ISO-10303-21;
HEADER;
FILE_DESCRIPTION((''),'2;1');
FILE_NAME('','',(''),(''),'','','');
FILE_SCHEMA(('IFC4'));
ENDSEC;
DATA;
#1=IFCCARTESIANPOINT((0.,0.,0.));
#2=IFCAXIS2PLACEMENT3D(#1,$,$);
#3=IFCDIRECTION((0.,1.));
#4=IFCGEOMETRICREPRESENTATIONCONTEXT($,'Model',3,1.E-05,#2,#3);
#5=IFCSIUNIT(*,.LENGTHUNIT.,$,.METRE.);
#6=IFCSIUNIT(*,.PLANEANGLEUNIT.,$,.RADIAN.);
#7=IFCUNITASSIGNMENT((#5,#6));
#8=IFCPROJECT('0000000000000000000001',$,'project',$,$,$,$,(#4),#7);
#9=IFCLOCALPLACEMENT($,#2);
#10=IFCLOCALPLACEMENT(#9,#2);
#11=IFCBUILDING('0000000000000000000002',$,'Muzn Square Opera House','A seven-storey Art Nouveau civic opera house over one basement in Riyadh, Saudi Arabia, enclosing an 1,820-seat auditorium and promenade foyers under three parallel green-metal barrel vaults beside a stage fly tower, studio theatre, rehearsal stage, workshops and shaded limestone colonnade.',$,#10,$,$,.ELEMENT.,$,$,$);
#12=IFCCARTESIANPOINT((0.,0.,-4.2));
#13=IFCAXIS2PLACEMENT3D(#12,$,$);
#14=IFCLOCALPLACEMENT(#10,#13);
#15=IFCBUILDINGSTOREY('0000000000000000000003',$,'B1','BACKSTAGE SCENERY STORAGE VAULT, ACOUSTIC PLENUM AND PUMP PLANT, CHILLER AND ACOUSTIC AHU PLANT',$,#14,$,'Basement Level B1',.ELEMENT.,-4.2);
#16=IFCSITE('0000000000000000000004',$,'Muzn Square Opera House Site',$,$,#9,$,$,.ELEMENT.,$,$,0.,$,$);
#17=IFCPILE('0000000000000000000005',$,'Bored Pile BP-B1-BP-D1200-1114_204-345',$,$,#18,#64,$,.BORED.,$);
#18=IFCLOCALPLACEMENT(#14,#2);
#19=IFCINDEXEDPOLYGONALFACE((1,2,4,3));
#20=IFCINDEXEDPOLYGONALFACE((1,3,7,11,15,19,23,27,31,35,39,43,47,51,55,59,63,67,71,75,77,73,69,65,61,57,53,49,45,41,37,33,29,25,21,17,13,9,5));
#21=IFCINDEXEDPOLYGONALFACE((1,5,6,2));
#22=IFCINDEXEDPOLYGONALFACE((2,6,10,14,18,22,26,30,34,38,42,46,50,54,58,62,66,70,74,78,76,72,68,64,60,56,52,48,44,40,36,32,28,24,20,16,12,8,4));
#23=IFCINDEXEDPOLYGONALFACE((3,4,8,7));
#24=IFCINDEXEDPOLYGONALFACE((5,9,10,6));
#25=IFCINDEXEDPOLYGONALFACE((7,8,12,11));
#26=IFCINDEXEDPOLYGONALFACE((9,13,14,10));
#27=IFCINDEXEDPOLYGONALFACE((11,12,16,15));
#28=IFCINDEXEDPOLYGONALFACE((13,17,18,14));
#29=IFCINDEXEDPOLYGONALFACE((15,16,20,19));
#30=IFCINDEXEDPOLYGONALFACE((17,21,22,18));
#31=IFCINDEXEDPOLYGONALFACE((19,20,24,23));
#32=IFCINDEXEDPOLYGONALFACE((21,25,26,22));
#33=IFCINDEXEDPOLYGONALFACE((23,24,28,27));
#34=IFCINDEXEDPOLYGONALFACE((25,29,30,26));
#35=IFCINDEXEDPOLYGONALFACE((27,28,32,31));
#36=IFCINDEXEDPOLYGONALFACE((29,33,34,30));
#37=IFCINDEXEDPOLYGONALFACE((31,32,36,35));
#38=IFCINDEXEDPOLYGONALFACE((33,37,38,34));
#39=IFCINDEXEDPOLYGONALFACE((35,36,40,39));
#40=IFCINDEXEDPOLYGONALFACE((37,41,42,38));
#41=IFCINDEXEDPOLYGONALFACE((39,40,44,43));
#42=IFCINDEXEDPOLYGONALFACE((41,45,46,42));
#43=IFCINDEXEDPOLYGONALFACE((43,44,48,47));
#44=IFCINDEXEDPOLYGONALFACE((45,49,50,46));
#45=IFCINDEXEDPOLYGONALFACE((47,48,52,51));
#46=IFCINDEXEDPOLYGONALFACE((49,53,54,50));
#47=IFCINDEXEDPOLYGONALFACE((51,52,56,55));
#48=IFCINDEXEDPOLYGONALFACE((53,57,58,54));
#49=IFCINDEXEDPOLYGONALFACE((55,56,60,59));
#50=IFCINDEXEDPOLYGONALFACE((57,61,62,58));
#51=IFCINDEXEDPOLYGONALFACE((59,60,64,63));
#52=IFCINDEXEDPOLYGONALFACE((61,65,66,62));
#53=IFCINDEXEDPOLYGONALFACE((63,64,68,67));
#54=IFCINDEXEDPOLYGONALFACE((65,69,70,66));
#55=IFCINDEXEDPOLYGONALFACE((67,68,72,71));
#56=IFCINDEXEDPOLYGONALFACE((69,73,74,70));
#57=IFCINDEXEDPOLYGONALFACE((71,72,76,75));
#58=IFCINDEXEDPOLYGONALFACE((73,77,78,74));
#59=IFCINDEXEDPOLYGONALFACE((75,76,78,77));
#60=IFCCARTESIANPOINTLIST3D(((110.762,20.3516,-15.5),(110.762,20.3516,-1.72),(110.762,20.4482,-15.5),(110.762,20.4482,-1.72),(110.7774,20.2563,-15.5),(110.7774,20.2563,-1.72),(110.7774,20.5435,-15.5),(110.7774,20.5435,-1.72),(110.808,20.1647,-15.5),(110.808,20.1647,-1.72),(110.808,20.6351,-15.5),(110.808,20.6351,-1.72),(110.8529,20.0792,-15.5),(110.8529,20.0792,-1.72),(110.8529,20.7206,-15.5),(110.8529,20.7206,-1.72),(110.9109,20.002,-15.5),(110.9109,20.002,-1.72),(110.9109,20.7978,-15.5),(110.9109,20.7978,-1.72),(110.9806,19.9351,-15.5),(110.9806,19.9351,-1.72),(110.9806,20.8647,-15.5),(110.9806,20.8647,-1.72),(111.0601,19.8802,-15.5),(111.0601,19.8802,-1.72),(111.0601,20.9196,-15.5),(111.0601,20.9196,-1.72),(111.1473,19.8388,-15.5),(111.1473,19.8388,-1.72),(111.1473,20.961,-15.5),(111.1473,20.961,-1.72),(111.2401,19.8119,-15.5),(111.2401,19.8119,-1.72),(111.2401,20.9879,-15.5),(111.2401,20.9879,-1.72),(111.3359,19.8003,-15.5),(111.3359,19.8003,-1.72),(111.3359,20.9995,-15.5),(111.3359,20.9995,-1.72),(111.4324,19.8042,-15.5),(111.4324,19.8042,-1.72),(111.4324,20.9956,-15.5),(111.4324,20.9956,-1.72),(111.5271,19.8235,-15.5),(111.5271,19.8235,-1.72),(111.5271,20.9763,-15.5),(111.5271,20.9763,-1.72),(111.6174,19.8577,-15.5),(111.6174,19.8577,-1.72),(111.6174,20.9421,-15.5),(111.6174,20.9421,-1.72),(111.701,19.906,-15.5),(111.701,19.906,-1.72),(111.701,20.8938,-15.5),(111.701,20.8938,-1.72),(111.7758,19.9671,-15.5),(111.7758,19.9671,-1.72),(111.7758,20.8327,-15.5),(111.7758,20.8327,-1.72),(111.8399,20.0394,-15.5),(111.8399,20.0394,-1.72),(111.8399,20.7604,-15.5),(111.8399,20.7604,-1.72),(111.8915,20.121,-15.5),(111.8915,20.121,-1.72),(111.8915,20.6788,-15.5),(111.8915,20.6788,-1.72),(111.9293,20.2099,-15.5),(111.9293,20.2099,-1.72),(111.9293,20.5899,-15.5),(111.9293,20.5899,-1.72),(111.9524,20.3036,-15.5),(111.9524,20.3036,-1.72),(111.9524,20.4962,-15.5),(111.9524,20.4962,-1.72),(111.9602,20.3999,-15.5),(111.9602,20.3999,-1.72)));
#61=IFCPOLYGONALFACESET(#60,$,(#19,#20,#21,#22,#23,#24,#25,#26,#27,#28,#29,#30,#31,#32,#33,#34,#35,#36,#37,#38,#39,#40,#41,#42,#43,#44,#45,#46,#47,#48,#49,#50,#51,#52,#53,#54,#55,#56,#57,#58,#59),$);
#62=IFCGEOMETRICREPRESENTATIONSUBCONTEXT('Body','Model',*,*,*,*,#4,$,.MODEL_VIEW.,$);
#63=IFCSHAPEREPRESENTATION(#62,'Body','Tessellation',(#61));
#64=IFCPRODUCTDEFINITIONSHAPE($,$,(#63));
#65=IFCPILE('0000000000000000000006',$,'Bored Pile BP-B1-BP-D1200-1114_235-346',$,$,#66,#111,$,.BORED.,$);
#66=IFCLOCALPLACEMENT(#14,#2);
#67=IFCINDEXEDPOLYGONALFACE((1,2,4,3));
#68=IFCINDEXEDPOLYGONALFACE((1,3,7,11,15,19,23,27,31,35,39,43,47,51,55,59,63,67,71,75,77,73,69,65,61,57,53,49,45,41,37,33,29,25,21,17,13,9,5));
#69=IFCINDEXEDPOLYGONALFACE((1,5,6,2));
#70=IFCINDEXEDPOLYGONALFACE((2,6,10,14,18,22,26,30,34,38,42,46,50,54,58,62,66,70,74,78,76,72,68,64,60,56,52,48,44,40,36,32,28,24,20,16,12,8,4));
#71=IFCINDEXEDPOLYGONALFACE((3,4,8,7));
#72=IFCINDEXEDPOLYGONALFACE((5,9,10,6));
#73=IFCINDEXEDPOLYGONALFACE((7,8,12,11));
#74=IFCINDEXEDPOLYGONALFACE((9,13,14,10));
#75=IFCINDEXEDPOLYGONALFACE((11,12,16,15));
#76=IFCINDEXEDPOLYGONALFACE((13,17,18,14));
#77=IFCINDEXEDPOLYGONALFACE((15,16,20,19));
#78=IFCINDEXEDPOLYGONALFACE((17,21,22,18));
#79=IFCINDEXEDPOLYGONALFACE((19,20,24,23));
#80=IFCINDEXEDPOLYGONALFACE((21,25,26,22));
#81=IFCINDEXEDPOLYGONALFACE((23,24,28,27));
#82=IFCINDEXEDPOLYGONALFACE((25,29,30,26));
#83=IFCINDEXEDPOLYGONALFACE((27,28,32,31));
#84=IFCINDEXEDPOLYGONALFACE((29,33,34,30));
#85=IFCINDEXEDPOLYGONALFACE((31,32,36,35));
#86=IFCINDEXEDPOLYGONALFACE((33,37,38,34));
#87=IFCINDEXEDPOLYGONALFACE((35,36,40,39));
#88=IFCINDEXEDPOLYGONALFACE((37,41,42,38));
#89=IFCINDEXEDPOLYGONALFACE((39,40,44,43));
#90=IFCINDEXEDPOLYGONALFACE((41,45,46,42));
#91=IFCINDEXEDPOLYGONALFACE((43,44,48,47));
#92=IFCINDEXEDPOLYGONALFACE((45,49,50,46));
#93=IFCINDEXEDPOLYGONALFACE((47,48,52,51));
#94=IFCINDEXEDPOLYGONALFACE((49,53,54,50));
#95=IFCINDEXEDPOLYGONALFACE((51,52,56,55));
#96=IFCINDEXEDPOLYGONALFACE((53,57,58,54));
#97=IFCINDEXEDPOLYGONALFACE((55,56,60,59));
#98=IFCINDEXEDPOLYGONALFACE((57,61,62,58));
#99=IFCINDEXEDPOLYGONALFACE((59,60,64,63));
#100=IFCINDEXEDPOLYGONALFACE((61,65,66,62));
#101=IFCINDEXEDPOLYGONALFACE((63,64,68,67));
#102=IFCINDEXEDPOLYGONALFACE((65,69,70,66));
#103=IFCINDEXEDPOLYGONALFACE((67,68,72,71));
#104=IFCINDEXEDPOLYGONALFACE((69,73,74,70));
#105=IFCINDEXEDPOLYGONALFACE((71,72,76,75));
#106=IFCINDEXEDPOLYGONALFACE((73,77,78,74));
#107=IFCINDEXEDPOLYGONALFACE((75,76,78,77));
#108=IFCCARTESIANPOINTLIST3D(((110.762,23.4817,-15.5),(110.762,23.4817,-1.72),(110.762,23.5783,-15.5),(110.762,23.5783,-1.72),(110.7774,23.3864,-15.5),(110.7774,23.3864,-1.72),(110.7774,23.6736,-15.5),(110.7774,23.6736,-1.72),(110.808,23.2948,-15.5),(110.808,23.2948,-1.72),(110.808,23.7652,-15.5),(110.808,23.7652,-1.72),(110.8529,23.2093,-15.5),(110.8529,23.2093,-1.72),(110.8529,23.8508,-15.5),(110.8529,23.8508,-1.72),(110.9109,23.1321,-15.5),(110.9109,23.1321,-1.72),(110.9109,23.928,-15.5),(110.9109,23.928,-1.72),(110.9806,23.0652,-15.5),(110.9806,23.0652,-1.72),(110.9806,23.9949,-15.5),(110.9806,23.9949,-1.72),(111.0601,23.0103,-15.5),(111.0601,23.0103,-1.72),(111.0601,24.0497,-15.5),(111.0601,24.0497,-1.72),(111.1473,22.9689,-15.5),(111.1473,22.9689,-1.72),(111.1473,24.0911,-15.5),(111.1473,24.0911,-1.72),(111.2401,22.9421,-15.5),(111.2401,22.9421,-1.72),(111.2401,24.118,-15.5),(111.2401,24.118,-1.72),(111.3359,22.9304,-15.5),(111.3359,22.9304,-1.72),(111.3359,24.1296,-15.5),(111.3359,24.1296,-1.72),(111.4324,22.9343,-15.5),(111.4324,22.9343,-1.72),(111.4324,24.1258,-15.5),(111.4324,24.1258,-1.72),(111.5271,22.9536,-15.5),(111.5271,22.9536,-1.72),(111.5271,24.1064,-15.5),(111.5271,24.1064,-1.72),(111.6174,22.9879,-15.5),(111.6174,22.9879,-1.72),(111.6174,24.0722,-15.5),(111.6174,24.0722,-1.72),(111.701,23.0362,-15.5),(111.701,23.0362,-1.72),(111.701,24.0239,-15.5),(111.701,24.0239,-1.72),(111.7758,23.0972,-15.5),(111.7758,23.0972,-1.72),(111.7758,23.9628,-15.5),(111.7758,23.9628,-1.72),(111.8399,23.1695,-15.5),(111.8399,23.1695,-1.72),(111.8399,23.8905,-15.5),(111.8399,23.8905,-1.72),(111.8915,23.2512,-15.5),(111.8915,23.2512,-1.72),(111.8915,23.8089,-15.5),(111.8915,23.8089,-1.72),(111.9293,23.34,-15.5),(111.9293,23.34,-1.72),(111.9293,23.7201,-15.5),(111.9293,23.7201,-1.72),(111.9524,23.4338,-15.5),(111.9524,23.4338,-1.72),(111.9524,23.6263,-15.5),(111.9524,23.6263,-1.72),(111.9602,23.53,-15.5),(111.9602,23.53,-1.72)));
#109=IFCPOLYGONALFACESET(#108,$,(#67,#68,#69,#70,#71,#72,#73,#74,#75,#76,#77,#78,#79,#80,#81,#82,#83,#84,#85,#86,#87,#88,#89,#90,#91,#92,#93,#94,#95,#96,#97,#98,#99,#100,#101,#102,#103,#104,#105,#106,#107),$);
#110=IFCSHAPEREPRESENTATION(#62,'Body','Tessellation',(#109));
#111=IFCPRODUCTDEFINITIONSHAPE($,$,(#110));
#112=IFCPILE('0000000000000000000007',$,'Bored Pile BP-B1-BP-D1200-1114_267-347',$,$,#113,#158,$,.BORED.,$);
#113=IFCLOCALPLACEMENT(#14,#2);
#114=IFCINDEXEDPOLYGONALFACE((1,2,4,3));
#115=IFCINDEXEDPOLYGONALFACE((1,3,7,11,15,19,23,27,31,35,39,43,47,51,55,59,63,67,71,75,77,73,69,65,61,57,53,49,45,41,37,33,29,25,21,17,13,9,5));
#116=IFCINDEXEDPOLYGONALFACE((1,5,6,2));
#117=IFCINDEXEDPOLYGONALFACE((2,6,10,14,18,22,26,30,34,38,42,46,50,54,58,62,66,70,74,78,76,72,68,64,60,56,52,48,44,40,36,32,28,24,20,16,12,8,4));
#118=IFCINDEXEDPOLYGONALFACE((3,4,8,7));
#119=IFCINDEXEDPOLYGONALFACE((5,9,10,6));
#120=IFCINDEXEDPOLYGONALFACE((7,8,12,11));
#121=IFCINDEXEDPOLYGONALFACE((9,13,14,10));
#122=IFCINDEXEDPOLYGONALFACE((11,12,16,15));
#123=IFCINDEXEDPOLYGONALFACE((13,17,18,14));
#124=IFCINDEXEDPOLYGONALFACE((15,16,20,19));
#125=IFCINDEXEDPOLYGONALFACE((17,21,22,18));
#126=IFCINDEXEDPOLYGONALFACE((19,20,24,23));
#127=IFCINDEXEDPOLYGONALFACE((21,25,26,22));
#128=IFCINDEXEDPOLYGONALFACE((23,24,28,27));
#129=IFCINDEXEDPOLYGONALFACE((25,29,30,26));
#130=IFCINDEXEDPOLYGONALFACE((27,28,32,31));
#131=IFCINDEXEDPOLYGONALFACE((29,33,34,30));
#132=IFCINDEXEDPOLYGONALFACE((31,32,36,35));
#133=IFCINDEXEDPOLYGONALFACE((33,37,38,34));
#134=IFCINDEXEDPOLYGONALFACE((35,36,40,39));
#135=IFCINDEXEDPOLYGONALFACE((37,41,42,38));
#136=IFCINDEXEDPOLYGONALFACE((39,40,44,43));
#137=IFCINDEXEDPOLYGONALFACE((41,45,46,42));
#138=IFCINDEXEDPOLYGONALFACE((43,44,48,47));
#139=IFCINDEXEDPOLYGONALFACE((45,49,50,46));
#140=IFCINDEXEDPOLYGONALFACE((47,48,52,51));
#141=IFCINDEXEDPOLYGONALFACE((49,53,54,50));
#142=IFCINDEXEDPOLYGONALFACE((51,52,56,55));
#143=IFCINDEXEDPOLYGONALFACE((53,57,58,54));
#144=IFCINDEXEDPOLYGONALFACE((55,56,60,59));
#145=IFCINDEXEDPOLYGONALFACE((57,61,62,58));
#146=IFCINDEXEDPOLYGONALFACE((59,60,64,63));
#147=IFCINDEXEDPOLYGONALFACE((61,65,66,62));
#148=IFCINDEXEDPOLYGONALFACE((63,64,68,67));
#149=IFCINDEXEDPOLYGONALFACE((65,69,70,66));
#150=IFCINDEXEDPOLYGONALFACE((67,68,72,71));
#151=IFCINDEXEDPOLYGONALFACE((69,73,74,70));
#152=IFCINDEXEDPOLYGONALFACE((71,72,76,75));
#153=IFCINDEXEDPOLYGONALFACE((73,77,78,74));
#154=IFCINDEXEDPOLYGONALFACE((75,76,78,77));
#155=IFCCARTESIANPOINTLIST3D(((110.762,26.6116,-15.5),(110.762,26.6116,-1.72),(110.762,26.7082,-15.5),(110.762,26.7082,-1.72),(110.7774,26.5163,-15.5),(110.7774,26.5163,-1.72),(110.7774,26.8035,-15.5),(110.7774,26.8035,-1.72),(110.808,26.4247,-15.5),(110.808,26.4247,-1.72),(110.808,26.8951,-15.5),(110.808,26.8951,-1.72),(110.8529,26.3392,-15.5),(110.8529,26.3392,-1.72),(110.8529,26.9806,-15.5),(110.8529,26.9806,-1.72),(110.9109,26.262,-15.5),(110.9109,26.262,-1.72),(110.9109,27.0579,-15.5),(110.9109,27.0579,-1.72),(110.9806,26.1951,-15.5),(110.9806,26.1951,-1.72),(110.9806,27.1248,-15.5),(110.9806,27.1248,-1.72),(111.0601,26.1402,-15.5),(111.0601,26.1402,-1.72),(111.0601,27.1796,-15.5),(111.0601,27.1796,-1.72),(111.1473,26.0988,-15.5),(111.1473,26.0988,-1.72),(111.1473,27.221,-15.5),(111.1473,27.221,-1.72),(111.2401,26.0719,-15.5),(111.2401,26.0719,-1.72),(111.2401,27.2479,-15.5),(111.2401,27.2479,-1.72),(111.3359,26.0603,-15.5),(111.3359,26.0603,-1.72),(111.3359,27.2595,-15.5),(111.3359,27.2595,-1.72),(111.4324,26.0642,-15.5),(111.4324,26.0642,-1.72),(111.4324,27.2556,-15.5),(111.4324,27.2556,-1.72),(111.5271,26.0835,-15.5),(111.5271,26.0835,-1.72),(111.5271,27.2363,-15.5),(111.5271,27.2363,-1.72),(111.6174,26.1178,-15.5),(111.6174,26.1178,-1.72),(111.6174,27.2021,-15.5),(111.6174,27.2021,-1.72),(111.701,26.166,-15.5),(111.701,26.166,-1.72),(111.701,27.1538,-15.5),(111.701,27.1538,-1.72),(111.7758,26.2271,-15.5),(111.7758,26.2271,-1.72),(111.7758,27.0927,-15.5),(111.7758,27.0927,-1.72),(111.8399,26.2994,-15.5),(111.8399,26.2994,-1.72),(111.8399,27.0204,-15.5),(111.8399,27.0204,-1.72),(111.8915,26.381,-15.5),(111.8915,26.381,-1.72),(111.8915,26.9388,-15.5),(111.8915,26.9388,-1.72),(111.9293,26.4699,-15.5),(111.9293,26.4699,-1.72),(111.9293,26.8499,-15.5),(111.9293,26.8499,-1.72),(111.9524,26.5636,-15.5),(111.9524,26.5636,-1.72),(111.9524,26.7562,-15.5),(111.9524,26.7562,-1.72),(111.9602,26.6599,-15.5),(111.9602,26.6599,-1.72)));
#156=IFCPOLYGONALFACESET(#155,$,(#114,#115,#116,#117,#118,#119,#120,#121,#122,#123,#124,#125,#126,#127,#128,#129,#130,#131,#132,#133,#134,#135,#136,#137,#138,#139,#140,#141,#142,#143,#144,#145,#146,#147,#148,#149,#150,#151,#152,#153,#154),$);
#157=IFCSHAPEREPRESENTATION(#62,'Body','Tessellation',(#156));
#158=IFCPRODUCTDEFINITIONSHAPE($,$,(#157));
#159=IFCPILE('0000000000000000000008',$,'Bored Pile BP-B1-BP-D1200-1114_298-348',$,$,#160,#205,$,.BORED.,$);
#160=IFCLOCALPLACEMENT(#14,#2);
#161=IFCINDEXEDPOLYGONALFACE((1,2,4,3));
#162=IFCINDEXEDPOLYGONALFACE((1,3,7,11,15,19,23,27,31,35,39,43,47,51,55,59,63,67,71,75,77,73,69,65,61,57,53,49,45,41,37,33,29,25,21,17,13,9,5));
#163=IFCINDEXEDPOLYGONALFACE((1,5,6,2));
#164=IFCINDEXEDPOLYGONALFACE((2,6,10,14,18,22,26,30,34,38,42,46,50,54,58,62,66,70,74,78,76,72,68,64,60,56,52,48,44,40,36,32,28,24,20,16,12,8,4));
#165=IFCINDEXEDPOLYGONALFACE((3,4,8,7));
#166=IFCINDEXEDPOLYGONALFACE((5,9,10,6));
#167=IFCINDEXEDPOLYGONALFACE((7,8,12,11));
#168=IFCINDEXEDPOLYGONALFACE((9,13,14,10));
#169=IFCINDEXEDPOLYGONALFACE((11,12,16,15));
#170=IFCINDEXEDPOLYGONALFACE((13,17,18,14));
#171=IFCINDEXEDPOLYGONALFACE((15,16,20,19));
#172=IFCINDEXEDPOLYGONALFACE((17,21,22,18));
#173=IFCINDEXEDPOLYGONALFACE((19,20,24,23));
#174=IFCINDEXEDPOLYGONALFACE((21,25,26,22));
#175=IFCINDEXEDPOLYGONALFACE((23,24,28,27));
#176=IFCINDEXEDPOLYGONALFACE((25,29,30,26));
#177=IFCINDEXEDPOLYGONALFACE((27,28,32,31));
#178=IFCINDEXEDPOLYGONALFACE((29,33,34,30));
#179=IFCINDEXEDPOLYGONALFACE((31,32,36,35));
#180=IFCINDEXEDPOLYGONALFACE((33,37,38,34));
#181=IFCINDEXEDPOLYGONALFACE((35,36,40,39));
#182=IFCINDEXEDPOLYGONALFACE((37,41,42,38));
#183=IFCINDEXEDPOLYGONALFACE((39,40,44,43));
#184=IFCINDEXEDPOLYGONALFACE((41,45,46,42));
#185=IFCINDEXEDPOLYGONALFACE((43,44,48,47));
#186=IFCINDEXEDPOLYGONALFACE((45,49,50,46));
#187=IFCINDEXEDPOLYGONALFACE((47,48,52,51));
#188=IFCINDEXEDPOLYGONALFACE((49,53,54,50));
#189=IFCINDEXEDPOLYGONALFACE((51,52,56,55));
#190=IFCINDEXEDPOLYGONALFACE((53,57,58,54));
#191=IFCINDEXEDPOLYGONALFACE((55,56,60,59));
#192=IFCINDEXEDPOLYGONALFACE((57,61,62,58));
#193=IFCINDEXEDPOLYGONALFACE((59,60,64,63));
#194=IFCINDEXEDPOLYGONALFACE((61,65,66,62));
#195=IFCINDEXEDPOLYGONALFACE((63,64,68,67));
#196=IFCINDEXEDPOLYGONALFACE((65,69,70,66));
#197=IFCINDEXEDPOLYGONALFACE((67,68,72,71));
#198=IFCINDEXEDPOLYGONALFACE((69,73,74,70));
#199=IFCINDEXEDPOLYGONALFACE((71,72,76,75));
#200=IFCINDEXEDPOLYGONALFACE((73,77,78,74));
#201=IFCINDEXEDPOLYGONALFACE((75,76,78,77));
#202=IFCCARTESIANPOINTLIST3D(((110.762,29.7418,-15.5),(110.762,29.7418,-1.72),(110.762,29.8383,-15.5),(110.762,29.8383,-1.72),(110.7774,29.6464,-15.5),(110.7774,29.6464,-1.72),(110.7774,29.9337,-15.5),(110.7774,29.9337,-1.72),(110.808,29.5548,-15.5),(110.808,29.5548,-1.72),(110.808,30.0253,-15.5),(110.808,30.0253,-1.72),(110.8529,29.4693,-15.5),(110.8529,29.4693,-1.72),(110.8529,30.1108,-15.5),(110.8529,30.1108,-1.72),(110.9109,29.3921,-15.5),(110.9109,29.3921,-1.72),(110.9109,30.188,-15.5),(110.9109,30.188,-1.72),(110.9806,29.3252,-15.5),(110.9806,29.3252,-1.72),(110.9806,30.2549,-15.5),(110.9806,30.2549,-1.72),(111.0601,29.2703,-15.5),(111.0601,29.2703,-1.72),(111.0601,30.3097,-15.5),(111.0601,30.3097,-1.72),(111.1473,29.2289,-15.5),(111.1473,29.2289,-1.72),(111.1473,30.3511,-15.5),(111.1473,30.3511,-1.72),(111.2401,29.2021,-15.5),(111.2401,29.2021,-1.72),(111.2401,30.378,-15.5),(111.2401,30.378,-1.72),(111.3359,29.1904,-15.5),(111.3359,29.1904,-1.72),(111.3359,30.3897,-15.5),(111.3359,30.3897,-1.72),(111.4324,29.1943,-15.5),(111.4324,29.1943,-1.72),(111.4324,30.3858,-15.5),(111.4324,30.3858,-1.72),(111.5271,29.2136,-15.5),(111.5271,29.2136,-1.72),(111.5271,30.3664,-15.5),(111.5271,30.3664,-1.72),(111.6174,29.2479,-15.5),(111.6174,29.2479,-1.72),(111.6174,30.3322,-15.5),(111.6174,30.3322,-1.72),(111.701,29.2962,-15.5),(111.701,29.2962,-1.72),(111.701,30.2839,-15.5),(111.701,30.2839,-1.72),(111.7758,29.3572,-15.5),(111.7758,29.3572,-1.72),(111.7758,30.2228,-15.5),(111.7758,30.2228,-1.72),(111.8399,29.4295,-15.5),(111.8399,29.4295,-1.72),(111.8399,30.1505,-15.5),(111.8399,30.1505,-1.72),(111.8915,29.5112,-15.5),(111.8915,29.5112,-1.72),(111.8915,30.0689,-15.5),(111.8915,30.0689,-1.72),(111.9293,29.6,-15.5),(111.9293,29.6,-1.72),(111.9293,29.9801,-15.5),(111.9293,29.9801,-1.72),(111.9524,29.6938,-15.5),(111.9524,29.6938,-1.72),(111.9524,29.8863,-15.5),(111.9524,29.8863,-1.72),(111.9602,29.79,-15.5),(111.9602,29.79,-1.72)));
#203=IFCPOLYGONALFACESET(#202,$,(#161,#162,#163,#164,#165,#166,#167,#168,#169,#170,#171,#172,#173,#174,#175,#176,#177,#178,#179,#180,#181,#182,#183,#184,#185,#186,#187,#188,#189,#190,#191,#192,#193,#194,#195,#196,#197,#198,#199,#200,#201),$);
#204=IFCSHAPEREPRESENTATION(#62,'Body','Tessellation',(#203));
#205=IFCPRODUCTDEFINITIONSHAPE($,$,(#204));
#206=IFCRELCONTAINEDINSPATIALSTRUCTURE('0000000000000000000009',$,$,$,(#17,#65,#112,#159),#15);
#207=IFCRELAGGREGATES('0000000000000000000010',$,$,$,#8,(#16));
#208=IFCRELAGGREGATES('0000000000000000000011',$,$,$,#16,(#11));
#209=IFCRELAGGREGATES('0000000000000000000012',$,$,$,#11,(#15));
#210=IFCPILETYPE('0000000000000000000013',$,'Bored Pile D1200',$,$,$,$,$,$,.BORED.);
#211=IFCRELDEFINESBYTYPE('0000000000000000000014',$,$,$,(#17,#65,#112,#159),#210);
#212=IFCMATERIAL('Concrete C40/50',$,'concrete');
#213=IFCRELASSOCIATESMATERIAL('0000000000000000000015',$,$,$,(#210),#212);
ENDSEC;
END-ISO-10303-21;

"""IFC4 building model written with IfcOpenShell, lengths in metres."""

from ifc_helpers import new_model, si_unit, direction, frame, origin, origin_2d, place, context, subcontext, project, spatial, circle, extrude, material, material_profile, profile_set, type_object, element, save


model = new_model("IFC4")

# Units and contexts
model_context = context("Model", 3, precision=1e-05, world=origin(), true_north=direction((0.0, 1.0)))
body_context = subcontext(model_context, "Body", "Model", "MODEL_VIEW")
ifc_project = project(units=[si_unit("LENGTHUNIT", "METRE"), si_unit("PLANEANGLEUNIT", "RADIAN")], contexts=[model_context])

# Site, building, storey
site_placement = place(None, origin())
site = spatial("IfcSite", under=ifc_project, at=site_placement, Name="Muzn Square Opera House Site", CompositionType="ELEMENT", RefElevation=0.0)
building_placement = place(site_placement, origin())
building = spatial("IfcBuilding", under=site, at=building_placement, Name="Muzn Square Opera House", Description="A seven-storey Art Nouveau civic opera house over one basement in Riyadh, Saudi Arabia, enclosing an 1,820-seat auditorium and promenade foyers under three parallel green-metal barrel vaults beside a stage fly tower, studio theatre, rehearsal stage, workshops and shaded limestone colonnade.", CompositionType="ELEMENT")
storey_placement = place(building_placement, frame((0.0, 0.0, -4.2)))
storey = spatial("IfcBuildingStorey", under=building, at=storey_placement, Name="B1", Description="BACKSTAGE SCENERY STORAGE VAULT, ACOUSTIC PLENUM AND PUMP PLANT, CHILLER AND ACOUSTIC AHU PLANT", LongName="Basement Level B1", CompositionType="ELEMENT", Elevation=-4.2)

# Piles
ifc_material_1 = material(Name="Concrete C40/50", Category="concrete")
ifc_material_profile_1 = material_profile(ifc_material_1, circle(Radius=0.6001, at=origin_2d()), Name="BORED PILE D1200", Category="concrete")
ifc_profile_set_1 = profile_set([ifc_material_profile_1], Name="Concrete C40/50")
pile_type = type_object("IfcPileType", Name="Bored Pile D1200", PredefinedType="BORED", material=ifc_profile_set_1)
for number, where, z_axis, x_axis, name in (
    (1, (111.3601, 20.3999, -1.72), (0.0, 0.0, -1.0), (1.0, 0.0, 0.0), "Bored Pile BP-B1-BP-D1200-1114_204-345"),
    (2, (111.3601, 23.53, -1.72), (0.0, 0.0, -1.0), (1.0, 0.0, 0.0), "Bored Pile BP-B1-BP-D1200-1114_235-346"),
    (3, (111.3601, 26.6599, -1.72), (0.0, 0.0, -1.0), (1.0, 0.0, 0.0), "Bored Pile BP-B1-BP-D1200-1114_267-347"),
    (4, (111.3601, 29.79, -1.72), (0.0, 0.0, -1.0), (1.0, 0.0, 0.0), "Bored Pile BP-B1-BP-D1200-1114_298-348"),
):
    element("IfcPile", number, at=place(storey_placement, frame(where, z_axis=z_axis, x_axis=x_axis)), inside=storey, type_object=pile_type, Name=name, PredefinedType="BORED", context=body_context, shape_type="SweptSolid", body=[
        extrude(circle(Radius=0.6001, at=origin_2d()), origin(), (0.0, 0.0, 1.0), 13.78),
    ])

save(model, "model.ifc")
